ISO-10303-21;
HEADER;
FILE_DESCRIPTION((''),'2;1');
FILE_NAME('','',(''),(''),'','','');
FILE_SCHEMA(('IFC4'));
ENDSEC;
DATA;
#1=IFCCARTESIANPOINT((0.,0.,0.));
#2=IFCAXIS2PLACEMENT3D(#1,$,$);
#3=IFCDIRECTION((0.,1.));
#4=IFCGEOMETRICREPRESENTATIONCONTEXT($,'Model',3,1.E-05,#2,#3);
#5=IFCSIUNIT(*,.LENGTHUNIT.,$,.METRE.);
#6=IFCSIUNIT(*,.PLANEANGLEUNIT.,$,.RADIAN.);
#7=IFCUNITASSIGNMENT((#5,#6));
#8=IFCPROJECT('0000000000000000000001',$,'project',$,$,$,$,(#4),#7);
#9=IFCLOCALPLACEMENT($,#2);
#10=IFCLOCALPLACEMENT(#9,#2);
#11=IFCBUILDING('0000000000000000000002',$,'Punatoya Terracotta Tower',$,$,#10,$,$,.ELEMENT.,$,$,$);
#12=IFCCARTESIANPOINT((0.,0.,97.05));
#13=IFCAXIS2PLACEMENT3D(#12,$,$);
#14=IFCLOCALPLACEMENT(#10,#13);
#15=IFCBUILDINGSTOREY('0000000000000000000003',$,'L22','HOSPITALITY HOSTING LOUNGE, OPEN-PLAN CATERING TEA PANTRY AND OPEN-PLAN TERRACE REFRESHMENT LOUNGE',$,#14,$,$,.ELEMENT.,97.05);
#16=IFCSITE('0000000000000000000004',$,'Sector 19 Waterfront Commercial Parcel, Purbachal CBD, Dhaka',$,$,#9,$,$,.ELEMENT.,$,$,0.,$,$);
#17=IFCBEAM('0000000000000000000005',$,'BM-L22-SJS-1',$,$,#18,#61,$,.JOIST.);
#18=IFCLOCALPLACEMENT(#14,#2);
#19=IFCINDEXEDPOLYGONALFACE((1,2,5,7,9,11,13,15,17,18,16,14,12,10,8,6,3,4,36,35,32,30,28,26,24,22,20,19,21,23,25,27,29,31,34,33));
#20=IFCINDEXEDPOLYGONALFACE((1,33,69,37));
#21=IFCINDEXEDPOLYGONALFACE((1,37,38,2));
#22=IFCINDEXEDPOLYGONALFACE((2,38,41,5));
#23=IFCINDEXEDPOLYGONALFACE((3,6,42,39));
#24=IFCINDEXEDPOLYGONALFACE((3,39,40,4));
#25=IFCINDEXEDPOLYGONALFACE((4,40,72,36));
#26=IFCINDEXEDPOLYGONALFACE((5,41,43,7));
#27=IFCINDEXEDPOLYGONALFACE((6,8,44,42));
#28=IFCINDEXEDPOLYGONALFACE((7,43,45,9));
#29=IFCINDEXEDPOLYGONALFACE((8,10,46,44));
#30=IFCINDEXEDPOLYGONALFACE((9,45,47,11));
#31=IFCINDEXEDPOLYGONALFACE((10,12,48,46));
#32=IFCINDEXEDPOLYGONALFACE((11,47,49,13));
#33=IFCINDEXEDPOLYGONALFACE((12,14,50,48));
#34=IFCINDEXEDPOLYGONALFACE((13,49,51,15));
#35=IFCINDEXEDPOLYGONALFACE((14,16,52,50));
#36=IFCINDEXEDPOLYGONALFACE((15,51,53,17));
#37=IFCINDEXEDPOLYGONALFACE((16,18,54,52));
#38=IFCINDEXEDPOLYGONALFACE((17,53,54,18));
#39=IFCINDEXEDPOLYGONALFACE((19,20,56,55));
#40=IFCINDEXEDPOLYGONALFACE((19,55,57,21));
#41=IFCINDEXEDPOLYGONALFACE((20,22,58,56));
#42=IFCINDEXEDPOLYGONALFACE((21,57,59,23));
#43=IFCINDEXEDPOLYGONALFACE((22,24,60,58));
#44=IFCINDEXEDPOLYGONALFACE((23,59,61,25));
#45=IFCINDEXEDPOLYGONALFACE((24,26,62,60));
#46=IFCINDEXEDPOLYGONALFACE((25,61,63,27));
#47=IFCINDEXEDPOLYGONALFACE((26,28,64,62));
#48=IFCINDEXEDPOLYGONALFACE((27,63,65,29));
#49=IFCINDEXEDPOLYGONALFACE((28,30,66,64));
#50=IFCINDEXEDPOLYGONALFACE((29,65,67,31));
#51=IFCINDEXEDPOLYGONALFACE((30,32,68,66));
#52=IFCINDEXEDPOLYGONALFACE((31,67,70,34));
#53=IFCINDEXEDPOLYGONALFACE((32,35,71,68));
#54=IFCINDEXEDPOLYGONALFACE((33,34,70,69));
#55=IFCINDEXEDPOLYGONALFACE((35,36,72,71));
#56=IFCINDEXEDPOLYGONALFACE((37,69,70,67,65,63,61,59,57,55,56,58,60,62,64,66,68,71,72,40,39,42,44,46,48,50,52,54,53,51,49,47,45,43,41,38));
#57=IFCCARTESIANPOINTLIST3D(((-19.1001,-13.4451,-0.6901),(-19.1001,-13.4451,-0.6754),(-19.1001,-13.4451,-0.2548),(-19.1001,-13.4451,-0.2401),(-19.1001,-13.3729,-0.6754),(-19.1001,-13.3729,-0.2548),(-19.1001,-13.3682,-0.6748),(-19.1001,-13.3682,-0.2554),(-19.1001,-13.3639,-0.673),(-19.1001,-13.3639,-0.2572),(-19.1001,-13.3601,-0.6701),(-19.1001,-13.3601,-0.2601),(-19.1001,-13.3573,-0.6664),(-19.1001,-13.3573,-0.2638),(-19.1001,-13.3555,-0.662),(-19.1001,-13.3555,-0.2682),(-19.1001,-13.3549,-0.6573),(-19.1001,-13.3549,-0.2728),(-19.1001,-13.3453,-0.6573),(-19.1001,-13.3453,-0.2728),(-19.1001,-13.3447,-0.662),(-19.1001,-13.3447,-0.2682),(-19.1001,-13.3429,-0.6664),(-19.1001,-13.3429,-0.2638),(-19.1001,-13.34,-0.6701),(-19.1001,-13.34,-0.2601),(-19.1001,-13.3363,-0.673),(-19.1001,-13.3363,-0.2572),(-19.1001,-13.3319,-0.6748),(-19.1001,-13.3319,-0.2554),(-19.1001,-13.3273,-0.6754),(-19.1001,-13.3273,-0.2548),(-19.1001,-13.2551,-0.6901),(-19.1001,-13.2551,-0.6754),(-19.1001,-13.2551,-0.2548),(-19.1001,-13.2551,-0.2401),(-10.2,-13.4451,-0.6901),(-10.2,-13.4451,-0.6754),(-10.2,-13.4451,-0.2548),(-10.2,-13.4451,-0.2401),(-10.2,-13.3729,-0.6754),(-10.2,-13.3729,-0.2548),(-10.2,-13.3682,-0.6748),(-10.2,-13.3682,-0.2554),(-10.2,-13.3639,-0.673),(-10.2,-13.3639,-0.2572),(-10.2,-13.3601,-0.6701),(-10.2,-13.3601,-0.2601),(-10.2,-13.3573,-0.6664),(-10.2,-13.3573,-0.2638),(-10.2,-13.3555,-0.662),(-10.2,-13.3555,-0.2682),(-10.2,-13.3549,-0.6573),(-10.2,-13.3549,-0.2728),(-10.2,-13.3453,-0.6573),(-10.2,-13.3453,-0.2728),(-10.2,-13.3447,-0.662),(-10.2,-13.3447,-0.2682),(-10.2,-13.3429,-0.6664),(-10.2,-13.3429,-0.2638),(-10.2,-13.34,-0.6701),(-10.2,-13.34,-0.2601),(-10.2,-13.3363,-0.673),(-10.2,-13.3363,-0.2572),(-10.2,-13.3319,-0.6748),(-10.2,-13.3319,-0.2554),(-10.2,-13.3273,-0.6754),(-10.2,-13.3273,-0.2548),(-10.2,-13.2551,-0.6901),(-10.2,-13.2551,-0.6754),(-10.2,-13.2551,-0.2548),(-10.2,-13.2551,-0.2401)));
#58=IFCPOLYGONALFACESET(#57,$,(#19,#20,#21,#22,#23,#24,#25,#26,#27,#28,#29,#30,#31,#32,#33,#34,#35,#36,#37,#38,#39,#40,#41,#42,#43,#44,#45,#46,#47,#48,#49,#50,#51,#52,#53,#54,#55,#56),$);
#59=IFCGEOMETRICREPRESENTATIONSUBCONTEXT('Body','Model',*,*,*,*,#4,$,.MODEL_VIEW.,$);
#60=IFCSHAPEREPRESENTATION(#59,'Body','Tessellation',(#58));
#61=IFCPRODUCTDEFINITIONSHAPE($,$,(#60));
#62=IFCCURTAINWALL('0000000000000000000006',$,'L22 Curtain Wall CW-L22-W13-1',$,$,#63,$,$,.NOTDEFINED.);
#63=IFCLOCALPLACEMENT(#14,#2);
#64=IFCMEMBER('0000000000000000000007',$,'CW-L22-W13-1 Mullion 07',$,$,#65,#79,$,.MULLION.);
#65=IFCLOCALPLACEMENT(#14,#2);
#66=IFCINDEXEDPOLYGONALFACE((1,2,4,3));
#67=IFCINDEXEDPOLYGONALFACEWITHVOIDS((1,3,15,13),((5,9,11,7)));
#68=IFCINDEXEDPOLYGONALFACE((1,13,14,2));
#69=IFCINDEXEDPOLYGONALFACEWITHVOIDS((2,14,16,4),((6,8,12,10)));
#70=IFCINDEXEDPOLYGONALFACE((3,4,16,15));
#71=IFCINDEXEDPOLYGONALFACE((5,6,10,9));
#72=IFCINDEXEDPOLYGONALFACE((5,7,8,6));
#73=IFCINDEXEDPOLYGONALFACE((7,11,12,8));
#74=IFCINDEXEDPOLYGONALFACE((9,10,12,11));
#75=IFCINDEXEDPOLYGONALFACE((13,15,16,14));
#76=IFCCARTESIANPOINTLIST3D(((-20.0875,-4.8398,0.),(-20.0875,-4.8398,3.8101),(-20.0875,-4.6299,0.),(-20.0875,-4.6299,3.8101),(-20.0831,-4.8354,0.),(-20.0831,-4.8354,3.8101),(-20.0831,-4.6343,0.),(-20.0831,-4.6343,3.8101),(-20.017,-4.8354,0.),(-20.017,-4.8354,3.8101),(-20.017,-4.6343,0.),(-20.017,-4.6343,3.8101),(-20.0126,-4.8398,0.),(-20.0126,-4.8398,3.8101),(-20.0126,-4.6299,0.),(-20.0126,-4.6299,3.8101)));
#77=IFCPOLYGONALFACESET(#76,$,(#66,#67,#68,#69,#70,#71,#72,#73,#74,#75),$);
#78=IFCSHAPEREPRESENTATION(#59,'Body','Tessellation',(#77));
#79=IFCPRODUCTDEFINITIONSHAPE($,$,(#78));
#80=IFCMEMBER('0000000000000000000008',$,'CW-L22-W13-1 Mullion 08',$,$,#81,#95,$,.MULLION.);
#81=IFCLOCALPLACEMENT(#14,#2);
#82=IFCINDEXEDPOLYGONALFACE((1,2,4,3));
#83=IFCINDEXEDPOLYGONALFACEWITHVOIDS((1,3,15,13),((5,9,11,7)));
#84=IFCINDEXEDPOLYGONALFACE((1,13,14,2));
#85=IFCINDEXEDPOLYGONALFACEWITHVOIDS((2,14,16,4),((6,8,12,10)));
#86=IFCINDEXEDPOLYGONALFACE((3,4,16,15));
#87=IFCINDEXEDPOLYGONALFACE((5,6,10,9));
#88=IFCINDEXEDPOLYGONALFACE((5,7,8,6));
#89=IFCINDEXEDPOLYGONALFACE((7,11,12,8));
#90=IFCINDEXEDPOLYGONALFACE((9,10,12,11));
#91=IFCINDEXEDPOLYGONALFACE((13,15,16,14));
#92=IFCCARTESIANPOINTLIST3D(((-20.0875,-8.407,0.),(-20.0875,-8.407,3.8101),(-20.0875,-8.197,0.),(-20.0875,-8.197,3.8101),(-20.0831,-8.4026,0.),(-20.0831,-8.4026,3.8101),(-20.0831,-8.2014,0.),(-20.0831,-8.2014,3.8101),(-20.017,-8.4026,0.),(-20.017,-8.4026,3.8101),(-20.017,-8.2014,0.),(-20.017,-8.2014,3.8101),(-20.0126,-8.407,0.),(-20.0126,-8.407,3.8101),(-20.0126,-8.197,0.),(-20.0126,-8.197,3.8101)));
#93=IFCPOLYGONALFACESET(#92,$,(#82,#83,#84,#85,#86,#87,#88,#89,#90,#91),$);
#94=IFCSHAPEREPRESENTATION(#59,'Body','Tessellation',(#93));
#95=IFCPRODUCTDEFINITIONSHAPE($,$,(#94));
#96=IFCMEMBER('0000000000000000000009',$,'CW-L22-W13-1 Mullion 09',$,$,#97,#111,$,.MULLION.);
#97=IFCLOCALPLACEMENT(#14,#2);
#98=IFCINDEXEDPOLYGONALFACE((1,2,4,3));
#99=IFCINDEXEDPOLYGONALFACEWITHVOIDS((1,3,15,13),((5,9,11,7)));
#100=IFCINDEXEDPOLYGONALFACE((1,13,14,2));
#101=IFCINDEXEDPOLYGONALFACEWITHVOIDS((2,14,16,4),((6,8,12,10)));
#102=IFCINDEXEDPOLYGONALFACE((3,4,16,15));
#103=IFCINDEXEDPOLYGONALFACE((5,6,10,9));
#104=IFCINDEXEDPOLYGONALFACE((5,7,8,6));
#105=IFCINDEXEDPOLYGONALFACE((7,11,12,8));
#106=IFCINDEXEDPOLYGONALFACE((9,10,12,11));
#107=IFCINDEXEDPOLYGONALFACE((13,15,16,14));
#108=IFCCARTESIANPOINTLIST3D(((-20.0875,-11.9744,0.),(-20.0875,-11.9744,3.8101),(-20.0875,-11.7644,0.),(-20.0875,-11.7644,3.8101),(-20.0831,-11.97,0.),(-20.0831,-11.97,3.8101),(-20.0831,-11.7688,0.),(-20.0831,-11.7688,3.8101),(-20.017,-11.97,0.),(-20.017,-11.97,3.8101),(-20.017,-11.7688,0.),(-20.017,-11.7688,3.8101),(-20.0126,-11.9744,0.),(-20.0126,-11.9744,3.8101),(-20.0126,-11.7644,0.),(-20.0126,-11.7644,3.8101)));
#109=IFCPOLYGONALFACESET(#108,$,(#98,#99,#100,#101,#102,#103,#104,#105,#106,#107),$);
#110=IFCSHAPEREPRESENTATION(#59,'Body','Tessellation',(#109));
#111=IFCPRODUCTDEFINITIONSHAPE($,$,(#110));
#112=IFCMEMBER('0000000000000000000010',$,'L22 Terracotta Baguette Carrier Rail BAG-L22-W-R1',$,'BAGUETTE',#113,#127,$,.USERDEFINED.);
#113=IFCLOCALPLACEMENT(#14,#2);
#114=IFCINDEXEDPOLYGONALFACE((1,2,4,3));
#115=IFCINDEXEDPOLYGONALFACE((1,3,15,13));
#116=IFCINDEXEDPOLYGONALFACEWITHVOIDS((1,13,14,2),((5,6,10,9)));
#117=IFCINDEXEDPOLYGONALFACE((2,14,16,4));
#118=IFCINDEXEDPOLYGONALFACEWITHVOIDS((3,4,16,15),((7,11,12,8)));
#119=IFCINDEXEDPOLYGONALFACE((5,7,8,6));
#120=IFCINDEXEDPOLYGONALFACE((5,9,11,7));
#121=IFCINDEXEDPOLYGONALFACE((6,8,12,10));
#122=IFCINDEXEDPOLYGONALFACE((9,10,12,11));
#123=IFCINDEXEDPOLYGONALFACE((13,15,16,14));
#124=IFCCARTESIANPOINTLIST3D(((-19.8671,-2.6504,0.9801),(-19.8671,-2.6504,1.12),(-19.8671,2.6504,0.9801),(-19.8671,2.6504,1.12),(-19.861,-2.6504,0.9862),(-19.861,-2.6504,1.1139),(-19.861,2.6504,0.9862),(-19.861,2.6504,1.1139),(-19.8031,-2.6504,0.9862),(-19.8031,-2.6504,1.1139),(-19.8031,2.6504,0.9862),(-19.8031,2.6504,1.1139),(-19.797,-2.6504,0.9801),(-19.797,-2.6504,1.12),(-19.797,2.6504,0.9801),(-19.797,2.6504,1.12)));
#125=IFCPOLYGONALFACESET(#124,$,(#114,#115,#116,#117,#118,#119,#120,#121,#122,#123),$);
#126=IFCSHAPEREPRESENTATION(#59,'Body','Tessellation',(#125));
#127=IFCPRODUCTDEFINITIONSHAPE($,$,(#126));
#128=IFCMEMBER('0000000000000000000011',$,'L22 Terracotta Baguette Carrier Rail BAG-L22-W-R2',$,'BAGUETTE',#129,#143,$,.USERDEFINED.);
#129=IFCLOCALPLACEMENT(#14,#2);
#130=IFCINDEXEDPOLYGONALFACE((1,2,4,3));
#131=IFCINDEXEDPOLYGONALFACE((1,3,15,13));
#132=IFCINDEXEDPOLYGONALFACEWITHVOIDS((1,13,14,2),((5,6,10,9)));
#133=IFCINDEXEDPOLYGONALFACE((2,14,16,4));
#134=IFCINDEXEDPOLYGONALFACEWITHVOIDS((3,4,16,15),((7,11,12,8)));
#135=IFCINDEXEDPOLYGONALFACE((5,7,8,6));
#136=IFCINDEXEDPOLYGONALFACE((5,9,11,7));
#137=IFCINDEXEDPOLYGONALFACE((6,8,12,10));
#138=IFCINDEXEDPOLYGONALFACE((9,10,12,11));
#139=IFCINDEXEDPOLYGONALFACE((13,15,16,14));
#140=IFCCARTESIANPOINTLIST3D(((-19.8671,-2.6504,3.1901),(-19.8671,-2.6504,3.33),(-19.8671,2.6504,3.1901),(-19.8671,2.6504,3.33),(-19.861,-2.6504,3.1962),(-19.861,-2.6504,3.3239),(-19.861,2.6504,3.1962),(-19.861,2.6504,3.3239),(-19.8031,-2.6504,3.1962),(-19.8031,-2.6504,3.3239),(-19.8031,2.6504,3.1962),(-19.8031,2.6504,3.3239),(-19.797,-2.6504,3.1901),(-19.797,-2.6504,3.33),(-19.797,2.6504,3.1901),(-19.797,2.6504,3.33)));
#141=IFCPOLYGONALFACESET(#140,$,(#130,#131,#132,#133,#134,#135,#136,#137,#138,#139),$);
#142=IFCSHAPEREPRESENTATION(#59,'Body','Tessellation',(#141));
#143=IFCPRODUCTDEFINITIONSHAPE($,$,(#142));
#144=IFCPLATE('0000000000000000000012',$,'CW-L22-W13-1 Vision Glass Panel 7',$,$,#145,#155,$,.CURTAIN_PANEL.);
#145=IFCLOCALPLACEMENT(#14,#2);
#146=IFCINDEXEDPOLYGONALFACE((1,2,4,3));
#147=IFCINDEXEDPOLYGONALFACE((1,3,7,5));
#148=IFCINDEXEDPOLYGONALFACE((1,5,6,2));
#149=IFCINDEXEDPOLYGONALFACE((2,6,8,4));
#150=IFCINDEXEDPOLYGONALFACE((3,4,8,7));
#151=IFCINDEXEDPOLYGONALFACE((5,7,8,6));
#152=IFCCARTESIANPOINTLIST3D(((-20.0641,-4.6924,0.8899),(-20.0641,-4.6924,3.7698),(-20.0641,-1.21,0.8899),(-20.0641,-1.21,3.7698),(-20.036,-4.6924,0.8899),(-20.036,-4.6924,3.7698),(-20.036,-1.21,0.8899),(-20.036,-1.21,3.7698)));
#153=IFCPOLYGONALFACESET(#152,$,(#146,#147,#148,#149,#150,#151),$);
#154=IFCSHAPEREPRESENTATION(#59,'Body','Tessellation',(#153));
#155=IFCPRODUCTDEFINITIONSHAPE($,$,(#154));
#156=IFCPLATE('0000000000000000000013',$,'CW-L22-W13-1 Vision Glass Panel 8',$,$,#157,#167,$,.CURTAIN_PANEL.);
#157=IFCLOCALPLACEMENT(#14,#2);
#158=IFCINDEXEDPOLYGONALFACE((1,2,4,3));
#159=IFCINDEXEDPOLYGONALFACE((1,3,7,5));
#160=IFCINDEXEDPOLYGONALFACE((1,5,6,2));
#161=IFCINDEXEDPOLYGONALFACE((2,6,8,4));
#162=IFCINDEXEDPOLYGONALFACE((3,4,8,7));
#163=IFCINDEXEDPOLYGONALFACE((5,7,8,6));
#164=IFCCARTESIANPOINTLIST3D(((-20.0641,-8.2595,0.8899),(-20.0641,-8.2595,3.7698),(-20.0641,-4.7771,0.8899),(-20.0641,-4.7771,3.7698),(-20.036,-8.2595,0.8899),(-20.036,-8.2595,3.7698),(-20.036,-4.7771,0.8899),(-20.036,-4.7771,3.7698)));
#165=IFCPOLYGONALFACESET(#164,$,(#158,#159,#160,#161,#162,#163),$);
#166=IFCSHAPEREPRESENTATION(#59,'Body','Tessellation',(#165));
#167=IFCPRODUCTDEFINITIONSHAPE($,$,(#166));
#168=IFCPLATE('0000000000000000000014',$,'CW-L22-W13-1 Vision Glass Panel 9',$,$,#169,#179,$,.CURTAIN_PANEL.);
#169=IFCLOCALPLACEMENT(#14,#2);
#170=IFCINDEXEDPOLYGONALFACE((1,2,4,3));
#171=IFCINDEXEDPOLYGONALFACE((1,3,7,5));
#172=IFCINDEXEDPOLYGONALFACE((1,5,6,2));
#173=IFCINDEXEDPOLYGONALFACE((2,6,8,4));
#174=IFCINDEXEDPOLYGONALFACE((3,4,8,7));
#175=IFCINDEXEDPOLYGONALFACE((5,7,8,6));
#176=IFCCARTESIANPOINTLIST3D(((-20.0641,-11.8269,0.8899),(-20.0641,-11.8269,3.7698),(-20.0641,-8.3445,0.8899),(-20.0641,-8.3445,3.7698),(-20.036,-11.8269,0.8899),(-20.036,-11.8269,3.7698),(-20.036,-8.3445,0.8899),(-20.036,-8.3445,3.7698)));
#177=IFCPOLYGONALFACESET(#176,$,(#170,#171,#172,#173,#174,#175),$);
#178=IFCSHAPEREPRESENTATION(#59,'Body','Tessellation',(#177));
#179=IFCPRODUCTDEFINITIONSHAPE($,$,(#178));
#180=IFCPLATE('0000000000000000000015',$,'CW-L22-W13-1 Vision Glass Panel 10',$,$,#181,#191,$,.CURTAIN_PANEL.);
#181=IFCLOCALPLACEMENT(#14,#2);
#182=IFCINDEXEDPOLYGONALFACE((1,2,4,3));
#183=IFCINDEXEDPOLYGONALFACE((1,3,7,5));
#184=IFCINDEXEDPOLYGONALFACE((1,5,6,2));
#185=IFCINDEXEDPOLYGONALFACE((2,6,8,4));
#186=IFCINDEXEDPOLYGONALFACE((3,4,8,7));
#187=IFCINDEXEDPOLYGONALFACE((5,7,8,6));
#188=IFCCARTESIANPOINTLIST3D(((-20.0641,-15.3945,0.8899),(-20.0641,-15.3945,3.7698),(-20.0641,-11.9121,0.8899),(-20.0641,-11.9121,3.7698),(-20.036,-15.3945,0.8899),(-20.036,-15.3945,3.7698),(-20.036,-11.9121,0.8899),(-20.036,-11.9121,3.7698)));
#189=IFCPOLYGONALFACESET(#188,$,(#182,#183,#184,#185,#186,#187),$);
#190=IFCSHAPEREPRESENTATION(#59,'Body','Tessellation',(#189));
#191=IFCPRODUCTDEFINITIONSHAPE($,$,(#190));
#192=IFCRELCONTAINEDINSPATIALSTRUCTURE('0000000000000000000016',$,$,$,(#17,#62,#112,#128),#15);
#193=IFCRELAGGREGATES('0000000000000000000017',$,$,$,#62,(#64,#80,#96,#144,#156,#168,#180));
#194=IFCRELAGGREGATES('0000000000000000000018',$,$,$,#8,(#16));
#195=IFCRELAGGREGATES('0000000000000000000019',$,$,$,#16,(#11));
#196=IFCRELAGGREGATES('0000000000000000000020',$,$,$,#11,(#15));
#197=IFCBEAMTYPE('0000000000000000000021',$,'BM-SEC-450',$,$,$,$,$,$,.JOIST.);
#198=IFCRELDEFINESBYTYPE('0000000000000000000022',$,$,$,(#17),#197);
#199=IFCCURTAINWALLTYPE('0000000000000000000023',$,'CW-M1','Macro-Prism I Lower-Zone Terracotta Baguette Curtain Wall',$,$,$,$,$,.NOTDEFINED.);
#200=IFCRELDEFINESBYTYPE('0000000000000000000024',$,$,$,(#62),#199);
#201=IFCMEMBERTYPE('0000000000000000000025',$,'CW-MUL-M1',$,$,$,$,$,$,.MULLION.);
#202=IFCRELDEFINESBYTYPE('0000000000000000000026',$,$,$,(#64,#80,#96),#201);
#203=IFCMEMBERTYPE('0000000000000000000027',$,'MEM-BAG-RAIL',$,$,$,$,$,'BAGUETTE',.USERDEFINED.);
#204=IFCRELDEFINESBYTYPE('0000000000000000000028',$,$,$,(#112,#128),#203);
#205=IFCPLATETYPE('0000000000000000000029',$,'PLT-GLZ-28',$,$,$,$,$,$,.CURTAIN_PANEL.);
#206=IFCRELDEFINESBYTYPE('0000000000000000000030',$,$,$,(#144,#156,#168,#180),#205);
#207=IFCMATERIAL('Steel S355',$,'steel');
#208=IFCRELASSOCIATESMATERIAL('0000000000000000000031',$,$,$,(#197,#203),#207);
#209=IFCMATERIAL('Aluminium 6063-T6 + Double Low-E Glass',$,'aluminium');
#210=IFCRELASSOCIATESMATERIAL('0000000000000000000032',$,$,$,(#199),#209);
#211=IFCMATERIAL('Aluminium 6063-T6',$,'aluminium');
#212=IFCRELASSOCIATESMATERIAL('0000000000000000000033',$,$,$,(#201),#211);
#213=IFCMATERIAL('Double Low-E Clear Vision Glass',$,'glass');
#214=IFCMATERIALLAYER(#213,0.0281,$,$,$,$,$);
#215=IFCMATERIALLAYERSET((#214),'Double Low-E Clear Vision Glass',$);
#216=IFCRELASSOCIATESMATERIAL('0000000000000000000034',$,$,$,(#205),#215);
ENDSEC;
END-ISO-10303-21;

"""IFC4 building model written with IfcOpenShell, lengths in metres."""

from ifc_helpers import new_model, si_unit, direction, frame, origin, origin_2d, place, context, subcontext, project, spatial, rectangle, hollow_rectangle, i_section, extrude, material, layer, layer_set, material_profile, profile_set, type_object, element, aggregate, save


model = new_model("IFC4")

# Units and contexts
model_context = context("Model", 3, precision=1e-05, world=origin(), true_north=direction((0.0, 1.0)))
body_context = subcontext(model_context, "Body", "Model", "MODEL_VIEW")
ifc_project = project(units=[si_unit("LENGTHUNIT", "METRE"), si_unit("PLANEANGLEUNIT", "RADIAN")], contexts=[model_context])

# Site, building, storey
site_placement = place(None, origin())
site = spatial("IfcSite", under=ifc_project, at=site_placement, Name="Sector 19 Waterfront Commercial Parcel, Purbachal CBD, Dhaka", CompositionType="ELEMENT", RefElevation=0.0)
building_placement = place(site_placement, origin())
building = spatial("IfcBuilding", under=site, at=building_placement, Name="Punatoya Terracotta Tower", CompositionType="ELEMENT")
storey_placement = place(building_placement, frame((0.0, 0.0, 97.05)))
storey = spatial("IfcBuildingStorey", under=building, at=storey_placement, Name="L22", Description="HOSPITALITY HOSTING LOUNGE, OPEN-PLAN CATERING TEA PANTRY AND OPEN-PLAN TERRACE REFRESHMENT LOUNGE", CompositionType="ELEMENT", Elevation=97.05)

# Beam
ifc_material_1 = material(Name="Steel S355", Category="steel")
ifc_material_profile_1 = material_profile(ifc_material_1, i_section(OverallWidth=0.1899, OverallDepth=0.45, WebThickness=0.0095, FlangeThickness=0.0146, FilletRadius=0.0181, at=origin_2d()))
ifc_profile_set_1 = profile_set([ifc_material_profile_1], Name="Steel S355")
beam_type_1 = type_object("IfcBeamType", Name="BM-SEC-450", PredefinedType="JOIST", material=ifc_profile_set_1)
beam_1_placement = place(storey_placement, frame((-19.1001, -13.3501, -0.4651), z_axis=(1.0, 0.0, 0.0), x_axis=(0.0, 1.0, 0.0)))
element("IfcBeam", 1, at=beam_1_placement, inside=storey, type_object=beam_type_1, Name="BM-L22-SJS-1", PredefinedType="JOIST", context=body_context, shape_type="SweptSolid", body=[
    extrude(i_section(OverallWidth=0.1899, OverallDepth=0.45, WebThickness=0.0095, FlangeThickness=0.0146, FilletRadius=0.0181, at=origin_2d()), origin(), (0.0, 0.0, 1.0), 8.9001),
])

# Curtain wall, members
ifc_material_2 = material(Name="Aluminium 6063-T6 + Double Low-E Glass", Category="aluminium")
curtain_wall_type = type_object("IfcCurtainWallType", Name="CW-M1", Description="Macro-Prism I Lower-Zone Terracotta Baguette Curtain Wall", PredefinedType="NOTDEFINED", material=ifc_material_2)
curtain_wall_placement = place(storey_placement, origin())
curtain_wall = element("IfcCurtainWall", 2, at=curtain_wall_placement, inside=storey, type_object=curtain_wall_type, Name="L22 Curtain Wall CW-L22-W13-1", PredefinedType="NOTDEFINED")
ifc_material_3 = material(Name="Aluminium 6063-T6", Category="aluminium")
ifc_material_profile_2 = material_profile(ifc_material_3, hollow_rectangle(XDim=0.075, YDim=0.21, WallThickness=0.0044, at=origin_2d()))
ifc_profile_set_2 = profile_set([ifc_material_profile_2], Name="Aluminium 6063-T6")
member_type_1 = type_object("IfcMemberType", Name="CW-MUL-M1", PredefinedType="MULLION", material=ifc_profile_set_2)
member_1_placement = place(storey_placement, frame((-20.05, -4.7349, 0.0), z_axis=(0.0, 0.0, 1.0), x_axis=(1.0, 0.0, 0.0)))
member_1 = element("IfcMember", 3, at=member_1_placement, type_object=member_type_1, Name="CW-L22-W13-1 Mullion 07", PredefinedType="MULLION", context=body_context, shape_type="SweptSolid", body=[
    extrude(hollow_rectangle(XDim=0.075, YDim=0.21, WallThickness=0.0044, at=origin_2d()), origin(), (0.0, 0.0, 1.0), 3.8101),
])
member_2_placement = place(storey_placement, frame((-20.05, -8.302, 0.0), z_axis=(0.0, 0.0, 1.0), x_axis=(1.0, 0.0, 0.0)))
member_2 = element("IfcMember", 4, at=member_2_placement, type_object=member_type_1, Name="CW-L22-W13-1 Mullion 08", PredefinedType="MULLION", context=body_context, shape_type="SweptSolid", body=[
    extrude(hollow_rectangle(XDim=0.075, YDim=0.21, WallThickness=0.0044, at=origin_2d()), origin(), (0.0, 0.0, 1.0), 3.8101),
])
member_3_placement = place(storey_placement, frame((-20.05, -11.8694, 0.0), z_axis=(0.0, 0.0, 1.0), x_axis=(1.0, 0.0, 0.0)))
member_3 = element("IfcMember", 5, at=member_3_placement, type_object=member_type_1, Name="CW-L22-W13-1 Mullion 09", PredefinedType="MULLION", context=body_context, shape_type="SweptSolid", body=[
    extrude(hollow_rectangle(XDim=0.075, YDim=0.21, WallThickness=0.0044, at=origin_2d()), origin(), (0.0, 0.0, 1.0), 3.8101),
])

# Members
ifc_material_profile_3 = material_profile(ifc_material_1, hollow_rectangle(XDim=0.0701, YDim=0.1399, WallThickness=0.0061, at=origin_2d()))
ifc_profile_set_3 = profile_set([ifc_material_profile_3], Name="Steel S355")
member_type_2 = type_object("IfcMemberType", Name="MEM-BAG-RAIL", ElementType="BAGUETTE", PredefinedType="USERDEFINED", material=ifc_profile_set_3)
for number, where, z_axis, x_axis, name in (
    (6, (-19.832, -2.6504, 1.05), (0.0, 1.0, 0.0), (-1.0, 0.0, 0.0), "L22 Terracotta Baguette Carrier Rail BAG-L22-W-R1"),
    (7, (-19.832, -2.6504, 3.26), (0.0, 1.0, 0.0), (-1.0, 0.0, 0.0), "L22 Terracotta Baguette Carrier Rail BAG-L22-W-R2"),
):
    element("IfcMember", number, at=place(storey_placement, frame(where, z_axis=z_axis, x_axis=x_axis)), inside=storey, type_object=member_type_2, Name=name, ObjectType="BAGUETTE", PredefinedType="USERDEFINED", context=body_context, shape_type="SweptSolid", body=[
        extrude(hollow_rectangle(XDim=0.0701, YDim=0.1399, WallThickness=0.0061, at=origin_2d()), origin(), (0.0, 0.0, 1.0), 5.3008),
    ])

# Plates
ifc_material_4 = material(Name="Double Low-E Clear Vision Glass", Category="glass")
ifc_layer_1 = layer(ifc_material_4, 0.0281)
ifc_layer_set_1 = layer_set([ifc_layer_1], Name="Double Low-E Clear Vision Glass")
plate_type_1 = type_object("IfcPlateType", Name="PLT-GLZ-28", PredefinedType="CURTAIN_PANEL", material=ifc_layer_set_1)
plate_1_placement = place(storey_placement, frame((-20.05, -2.9512, 0.8899), z_axis=(0.0, 0.0, 1.0), x_axis=(0.0, -1.0, 0.0)))
plate_1 = element("IfcPlate", 8, at=plate_1_placement, type_object=plate_type_1, Name="CW-L22-W13-1 Vision Glass Panel 7", PredefinedType="CURTAIN_PANEL", context=body_context, shape_type="SweptSolid", body=[
    extrude(rectangle(XDim=3.4824, YDim=0.0281, at=origin_2d()), origin(), (0.0, 0.0, 1.0), 2.8799),
])
plate_2_placement = place(storey_placement, frame((-20.05, -6.5183, 0.8899), z_axis=(0.0, 0.0, 1.0), x_axis=(0.0, -1.0, 0.0)))
plate_2 = element("IfcPlate", 9, at=plate_2_placement, type_object=plate_type_1, Name="CW-L22-W13-1 Vision Glass Panel 8", PredefinedType="CURTAIN_PANEL", context=body_context, shape_type="SweptSolid", body=[
    extrude(rectangle(XDim=3.4824, YDim=0.0281, at=origin_2d()), origin(), (0.0, 0.0, 1.0), 2.8799),
])
plate_3_placement = place(storey_placement, frame((-20.05, -10.0857, 0.8899), z_axis=(0.0, 0.0, 1.0), x_axis=(0.0, -1.0, 0.0)))
plate_3 = element("IfcPlate", 10, at=plate_3_placement, type_object=plate_type_1, Name="CW-L22-W13-1 Vision Glass Panel 9", PredefinedType="CURTAIN_PANEL", context=body_context, shape_type="SweptSolid", body=[
    extrude(rectangle(XDim=3.4824, YDim=0.0281, at=origin_2d()), origin(), (0.0, 0.0, 1.0), 2.8799),
])
plate_4_placement = place(storey_placement, frame((-20.05, -13.6533, 0.8899), z_axis=(0.0, 0.0, 1.0), x_axis=(0.0, -1.0, 0.0)))
plate_4 = element("IfcPlate", 11, at=plate_4_placement, type_object=plate_type_1, Name="CW-L22-W13-1 Vision Glass Panel 10", PredefinedType="CURTAIN_PANEL", context=body_context, shape_type="SweptSolid", body=[
    extrude(rectangle(XDim=3.4824, YDim=0.0281, at=origin_2d()), origin(), (0.0, 0.0, 1.0), 2.8799),
])
aggregate(curtain_wall, [member_1, member_2, member_3, plate_1, plate_2, plate_3, plate_4])

save(model, "model.ifc")
